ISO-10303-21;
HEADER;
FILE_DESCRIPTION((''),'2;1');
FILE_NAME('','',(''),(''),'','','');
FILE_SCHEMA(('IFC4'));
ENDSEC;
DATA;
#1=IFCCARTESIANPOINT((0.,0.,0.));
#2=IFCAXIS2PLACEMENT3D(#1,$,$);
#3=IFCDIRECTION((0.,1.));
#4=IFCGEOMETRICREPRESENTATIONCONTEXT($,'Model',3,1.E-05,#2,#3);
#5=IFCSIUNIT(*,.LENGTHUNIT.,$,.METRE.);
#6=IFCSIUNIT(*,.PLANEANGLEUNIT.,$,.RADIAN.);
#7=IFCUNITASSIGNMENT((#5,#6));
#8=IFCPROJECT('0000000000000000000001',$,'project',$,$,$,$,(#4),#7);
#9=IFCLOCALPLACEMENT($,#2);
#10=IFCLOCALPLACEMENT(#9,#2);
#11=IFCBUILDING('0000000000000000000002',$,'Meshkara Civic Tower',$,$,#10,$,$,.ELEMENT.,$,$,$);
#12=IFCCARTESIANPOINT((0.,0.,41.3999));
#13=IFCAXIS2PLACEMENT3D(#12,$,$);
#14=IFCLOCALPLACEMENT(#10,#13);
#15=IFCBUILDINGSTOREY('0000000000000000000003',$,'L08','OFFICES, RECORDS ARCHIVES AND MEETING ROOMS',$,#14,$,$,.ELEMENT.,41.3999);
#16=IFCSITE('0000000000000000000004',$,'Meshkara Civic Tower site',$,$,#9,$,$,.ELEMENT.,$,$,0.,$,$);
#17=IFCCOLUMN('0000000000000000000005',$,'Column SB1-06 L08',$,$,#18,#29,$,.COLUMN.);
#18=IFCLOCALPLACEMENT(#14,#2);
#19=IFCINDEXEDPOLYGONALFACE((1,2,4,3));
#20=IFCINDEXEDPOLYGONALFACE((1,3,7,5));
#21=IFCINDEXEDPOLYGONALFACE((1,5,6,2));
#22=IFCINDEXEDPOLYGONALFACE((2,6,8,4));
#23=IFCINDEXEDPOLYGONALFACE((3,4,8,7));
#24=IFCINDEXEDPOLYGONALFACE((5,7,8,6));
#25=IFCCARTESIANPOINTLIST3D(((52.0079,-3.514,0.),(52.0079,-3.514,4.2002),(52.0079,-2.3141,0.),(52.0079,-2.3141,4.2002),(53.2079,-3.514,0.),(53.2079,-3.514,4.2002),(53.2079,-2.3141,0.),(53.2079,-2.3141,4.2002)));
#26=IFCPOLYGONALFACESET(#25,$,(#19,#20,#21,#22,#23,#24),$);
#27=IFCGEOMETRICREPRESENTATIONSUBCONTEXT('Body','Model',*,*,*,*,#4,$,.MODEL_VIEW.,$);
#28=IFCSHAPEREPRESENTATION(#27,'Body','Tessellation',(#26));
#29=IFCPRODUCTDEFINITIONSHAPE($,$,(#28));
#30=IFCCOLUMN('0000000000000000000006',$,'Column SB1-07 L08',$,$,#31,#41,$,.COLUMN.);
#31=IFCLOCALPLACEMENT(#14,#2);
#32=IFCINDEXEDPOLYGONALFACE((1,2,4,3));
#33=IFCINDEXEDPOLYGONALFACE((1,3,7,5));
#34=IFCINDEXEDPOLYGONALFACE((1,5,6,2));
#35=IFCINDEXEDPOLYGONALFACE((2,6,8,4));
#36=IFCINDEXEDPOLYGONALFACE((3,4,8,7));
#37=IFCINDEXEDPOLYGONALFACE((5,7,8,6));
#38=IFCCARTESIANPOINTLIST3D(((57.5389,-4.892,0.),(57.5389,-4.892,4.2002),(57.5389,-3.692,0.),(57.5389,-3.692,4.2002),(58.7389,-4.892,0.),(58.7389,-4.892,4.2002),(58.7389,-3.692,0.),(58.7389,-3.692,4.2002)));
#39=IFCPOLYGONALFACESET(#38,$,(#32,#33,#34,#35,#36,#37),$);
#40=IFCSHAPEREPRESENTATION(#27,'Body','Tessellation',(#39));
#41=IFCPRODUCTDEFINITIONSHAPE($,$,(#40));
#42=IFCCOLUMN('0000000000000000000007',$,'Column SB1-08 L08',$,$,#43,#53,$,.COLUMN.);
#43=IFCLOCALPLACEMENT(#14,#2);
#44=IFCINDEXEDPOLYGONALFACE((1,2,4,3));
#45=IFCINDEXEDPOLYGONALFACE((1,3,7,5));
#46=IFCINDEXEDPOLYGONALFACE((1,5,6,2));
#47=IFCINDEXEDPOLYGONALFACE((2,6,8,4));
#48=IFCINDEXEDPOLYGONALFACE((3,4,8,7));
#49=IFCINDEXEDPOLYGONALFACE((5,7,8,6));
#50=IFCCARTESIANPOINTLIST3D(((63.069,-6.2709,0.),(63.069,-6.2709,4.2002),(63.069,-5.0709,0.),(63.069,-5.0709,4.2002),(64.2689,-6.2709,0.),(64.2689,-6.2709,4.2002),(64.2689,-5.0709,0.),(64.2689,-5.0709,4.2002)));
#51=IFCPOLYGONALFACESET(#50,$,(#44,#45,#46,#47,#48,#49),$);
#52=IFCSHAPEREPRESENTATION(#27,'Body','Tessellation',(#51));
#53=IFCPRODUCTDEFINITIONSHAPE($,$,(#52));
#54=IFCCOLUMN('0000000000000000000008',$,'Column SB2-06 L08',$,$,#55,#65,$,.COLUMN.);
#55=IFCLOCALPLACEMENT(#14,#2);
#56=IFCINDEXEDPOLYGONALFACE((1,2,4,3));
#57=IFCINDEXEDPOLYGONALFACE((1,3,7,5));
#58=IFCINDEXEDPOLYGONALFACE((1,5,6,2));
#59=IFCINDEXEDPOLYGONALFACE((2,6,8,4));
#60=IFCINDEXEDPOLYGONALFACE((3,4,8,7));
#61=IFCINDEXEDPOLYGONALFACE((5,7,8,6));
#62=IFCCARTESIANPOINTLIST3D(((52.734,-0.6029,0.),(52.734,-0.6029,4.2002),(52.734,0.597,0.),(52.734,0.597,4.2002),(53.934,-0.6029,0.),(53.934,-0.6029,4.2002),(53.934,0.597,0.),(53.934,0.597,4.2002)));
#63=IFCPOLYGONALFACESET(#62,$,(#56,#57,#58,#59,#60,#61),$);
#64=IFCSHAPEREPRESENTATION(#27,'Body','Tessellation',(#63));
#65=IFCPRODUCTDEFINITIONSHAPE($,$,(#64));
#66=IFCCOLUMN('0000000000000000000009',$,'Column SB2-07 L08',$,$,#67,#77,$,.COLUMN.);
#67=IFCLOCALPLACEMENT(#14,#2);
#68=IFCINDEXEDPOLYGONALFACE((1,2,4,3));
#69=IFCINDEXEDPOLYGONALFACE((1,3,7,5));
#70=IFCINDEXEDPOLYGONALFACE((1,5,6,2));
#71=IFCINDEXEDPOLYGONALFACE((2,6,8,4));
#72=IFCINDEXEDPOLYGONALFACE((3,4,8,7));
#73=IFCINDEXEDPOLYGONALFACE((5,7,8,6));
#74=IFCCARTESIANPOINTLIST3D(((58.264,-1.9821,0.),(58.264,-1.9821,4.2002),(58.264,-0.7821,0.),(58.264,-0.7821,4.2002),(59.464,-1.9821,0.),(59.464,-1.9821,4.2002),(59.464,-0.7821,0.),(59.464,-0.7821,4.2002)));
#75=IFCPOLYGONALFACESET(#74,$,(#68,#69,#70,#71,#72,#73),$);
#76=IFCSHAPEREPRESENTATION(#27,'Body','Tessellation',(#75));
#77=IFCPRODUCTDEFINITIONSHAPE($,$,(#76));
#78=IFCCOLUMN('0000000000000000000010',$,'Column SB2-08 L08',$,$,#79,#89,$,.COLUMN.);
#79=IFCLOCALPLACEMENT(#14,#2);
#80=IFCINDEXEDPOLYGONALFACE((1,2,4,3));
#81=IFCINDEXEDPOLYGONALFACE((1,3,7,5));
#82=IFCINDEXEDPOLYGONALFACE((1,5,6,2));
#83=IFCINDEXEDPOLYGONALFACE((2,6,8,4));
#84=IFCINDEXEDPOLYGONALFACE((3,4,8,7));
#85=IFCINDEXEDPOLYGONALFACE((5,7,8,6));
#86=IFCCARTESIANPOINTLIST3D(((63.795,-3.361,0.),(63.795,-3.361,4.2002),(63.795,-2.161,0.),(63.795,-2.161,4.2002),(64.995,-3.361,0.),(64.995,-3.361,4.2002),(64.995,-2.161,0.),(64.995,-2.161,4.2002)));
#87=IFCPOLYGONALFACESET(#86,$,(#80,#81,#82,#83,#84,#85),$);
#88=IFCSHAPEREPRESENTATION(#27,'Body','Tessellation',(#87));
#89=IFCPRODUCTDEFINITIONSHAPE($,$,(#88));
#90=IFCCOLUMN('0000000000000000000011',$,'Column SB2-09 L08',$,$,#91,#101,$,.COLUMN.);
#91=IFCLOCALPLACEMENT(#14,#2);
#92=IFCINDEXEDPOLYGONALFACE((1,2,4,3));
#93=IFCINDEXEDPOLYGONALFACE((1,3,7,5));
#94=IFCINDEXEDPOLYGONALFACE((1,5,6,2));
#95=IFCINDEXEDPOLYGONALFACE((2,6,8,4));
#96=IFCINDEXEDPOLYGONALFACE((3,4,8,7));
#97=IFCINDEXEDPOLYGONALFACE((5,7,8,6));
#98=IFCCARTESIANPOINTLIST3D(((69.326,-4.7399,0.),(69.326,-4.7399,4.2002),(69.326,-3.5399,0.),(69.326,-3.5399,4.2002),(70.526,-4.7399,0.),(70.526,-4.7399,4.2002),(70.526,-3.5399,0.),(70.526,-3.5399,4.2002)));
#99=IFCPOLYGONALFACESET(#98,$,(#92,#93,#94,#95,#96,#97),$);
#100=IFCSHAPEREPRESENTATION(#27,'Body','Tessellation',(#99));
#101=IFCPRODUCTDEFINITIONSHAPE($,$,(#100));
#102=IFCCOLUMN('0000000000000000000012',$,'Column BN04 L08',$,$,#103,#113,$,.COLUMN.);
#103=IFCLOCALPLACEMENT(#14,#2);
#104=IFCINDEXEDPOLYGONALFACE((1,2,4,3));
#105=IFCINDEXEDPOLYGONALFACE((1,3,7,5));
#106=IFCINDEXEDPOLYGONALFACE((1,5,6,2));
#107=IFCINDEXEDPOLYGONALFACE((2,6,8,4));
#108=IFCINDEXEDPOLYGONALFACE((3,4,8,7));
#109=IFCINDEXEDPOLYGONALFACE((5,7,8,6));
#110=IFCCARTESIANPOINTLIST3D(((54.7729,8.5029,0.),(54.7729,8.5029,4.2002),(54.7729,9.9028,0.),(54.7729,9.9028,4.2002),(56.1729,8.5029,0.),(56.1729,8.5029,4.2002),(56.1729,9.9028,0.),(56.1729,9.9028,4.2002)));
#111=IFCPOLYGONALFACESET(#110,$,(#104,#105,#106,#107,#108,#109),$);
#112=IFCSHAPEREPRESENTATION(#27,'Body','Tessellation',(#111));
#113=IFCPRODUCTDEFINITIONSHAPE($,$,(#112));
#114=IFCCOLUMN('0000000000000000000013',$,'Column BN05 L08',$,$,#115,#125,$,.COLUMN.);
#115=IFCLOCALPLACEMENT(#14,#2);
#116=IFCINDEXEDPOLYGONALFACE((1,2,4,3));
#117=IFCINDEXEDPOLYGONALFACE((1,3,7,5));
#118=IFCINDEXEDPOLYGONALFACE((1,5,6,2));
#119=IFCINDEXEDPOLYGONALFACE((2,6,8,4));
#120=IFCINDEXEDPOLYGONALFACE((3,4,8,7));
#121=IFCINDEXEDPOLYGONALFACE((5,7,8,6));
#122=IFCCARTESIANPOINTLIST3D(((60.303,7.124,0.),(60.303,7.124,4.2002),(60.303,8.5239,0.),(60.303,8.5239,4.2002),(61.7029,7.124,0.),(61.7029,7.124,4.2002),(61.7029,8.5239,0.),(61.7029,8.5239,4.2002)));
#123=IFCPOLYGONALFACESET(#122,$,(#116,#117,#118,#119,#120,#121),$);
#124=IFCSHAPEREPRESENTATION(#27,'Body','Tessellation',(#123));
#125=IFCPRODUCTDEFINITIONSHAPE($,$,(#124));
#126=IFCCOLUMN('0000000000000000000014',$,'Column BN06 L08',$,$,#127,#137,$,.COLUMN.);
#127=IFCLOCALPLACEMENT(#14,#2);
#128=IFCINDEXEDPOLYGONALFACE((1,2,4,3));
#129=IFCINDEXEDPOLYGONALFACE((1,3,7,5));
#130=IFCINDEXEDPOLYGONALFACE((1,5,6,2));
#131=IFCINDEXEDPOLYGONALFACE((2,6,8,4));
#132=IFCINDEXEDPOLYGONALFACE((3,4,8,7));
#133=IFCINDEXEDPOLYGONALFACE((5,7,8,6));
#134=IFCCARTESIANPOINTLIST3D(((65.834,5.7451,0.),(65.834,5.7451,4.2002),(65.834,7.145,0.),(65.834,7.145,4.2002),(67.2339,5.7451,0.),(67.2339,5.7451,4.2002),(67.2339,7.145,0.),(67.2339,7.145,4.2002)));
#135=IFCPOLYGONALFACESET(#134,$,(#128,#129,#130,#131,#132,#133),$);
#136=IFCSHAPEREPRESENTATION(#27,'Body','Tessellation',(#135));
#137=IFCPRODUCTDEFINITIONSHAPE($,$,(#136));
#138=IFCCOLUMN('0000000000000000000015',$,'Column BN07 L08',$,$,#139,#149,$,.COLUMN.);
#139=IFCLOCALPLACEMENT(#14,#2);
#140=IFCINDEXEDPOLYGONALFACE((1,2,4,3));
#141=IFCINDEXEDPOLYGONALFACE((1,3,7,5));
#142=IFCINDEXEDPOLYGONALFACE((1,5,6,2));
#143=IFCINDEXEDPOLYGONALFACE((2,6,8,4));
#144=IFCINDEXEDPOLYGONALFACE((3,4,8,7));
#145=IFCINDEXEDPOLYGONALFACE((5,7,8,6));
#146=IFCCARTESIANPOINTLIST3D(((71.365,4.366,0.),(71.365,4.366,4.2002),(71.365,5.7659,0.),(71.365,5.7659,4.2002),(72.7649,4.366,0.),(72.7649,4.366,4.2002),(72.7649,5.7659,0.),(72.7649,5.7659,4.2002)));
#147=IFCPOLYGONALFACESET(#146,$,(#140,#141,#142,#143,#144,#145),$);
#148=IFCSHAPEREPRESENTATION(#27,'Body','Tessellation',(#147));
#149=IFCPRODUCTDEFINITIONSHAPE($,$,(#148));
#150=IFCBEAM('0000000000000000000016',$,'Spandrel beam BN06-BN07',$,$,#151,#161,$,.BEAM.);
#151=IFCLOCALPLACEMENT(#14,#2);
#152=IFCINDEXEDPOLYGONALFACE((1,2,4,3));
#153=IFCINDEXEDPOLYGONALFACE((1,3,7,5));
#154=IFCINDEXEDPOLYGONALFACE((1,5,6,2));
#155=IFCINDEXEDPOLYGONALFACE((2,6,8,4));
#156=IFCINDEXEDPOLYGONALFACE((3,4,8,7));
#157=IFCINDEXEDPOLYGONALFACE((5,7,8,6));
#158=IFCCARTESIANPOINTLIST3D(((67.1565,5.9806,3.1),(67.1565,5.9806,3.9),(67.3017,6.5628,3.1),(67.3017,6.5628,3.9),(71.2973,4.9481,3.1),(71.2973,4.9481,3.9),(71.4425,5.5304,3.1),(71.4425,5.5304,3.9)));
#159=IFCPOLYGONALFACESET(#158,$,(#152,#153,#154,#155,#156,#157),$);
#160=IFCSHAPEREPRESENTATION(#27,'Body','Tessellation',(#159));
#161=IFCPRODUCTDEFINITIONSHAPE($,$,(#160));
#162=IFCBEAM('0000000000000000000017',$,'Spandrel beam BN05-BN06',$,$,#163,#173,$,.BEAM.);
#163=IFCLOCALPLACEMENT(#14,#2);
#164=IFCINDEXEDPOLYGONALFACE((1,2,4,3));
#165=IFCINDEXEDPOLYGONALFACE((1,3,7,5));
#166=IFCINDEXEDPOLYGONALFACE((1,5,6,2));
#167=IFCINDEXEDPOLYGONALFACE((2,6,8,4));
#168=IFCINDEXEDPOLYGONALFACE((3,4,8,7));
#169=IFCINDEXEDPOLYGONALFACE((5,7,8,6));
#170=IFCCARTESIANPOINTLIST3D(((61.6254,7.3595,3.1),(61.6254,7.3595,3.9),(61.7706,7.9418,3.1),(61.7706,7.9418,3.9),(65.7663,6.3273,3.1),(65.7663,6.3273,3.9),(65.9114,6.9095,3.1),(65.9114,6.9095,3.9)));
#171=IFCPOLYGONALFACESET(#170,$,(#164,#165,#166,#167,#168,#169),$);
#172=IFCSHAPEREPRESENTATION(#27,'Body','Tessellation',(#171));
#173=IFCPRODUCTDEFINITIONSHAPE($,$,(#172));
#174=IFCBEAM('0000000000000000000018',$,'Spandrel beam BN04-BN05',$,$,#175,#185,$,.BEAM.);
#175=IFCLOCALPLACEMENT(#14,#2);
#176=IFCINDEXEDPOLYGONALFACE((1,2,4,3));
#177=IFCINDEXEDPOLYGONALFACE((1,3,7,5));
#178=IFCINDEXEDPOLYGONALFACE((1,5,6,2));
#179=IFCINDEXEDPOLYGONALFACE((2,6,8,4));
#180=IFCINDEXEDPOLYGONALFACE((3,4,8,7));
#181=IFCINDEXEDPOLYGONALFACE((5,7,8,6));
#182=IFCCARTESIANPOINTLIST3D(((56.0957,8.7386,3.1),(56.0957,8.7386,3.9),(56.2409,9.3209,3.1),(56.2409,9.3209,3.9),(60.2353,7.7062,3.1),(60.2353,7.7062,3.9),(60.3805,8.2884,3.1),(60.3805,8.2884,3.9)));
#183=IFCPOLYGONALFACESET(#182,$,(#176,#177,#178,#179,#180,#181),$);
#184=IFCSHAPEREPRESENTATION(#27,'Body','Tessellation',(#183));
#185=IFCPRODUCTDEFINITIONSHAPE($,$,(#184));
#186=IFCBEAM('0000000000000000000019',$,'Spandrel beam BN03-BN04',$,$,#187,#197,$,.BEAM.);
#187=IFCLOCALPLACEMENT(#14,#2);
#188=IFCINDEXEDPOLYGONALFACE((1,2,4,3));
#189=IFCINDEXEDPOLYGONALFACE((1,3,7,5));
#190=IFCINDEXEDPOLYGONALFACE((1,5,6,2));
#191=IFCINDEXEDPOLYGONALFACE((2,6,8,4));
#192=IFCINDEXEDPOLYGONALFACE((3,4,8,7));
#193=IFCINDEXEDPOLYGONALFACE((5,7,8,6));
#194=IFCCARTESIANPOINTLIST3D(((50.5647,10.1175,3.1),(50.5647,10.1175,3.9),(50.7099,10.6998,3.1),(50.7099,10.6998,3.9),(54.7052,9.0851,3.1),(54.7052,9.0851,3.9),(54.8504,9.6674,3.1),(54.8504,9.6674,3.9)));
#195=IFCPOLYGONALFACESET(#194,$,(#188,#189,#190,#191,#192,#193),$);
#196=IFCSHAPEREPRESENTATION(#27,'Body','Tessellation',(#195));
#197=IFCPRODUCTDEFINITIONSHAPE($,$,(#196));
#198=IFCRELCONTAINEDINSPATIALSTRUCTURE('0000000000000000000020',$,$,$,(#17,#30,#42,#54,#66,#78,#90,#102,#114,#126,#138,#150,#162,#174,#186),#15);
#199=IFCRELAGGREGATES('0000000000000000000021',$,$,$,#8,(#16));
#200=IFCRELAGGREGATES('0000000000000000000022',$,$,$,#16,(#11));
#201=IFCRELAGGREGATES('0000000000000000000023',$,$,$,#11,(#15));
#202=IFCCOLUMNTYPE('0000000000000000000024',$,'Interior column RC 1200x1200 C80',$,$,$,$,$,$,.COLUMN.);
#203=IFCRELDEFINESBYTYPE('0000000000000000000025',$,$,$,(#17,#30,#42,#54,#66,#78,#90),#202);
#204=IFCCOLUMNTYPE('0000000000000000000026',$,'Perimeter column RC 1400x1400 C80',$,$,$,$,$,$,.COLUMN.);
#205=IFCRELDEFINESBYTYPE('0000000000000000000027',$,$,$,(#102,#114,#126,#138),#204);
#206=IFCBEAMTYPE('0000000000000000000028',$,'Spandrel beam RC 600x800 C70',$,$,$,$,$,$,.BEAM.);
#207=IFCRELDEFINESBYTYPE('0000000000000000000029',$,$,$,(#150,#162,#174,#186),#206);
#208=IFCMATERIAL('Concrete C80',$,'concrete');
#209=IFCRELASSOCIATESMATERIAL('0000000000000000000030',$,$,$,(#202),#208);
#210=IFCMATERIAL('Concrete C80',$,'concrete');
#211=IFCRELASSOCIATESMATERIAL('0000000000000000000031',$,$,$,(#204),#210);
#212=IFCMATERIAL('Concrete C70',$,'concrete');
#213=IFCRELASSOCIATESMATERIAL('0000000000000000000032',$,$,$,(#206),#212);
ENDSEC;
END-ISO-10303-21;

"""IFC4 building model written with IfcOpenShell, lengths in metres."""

from ifc_helpers import new_model, si_unit, direction, frame, origin, origin_2d, place, context, subcontext, project, spatial, rectangle, extrude, material, material_profile, profile_set, type_object, element, save


model = new_model("IFC4")

# Units and contexts
model_context = context("Model", 3, precision=1e-05, world=origin(), true_north=direction((0.0, 1.0)))
body_context = subcontext(model_context, "Body", "Model", "MODEL_VIEW")
ifc_project = project(units=[si_unit("LENGTHUNIT", "METRE"), si_unit("PLANEANGLEUNIT", "RADIAN")], contexts=[model_context])

# Site, building, storey
site_placement = place(None, origin())
site = spatial("IfcSite", under=ifc_project, at=site_placement, Name="Meshkara Civic Tower site", CompositionType="ELEMENT", RefElevation=0.0)
building_placement = place(site_placement, origin())
building = spatial("IfcBuilding", under=site, at=building_placement, Name="Meshkara Civic Tower", CompositionType="ELEMENT")
storey_placement = place(building_placement, frame((0.0, 0.0, 41.3999)))
storey = spatial("IfcBuildingStorey", under=building, at=storey_placement, Name="L08", Description="OFFICES, RECORDS ARCHIVES AND MEETING ROOMS", CompositionType="ELEMENT", Elevation=41.3999)

# Columns
ifc_material_1 = material(Name="Concrete C80", Category="concrete")
ifc_material_profile_1 = material_profile(ifc_material_1, rectangle(XDim=1.2, YDim=1.2, at=origin_2d()))
ifc_profile_set_1 = profile_set([ifc_material_profile_1], Name="Concrete C80")
column_type_1 = type_object("IfcColumnType", Name="Interior column RC 1200x1200 C80", PredefinedType="COLUMN", material=ifc_profile_set_1)
for number, where, z_axis, x_axis, name in (
    (1, (52.6079, -2.9141, 0.0), (0.0, 0.0, 1.0), (1.0, 0.0, 0.0), "Column SB1-06 L08"),
    (2, (58.1389, -4.292, 0.0), (0.0, 0.0, 1.0), (1.0, 0.0, 0.0), "Column SB1-07 L08"),
    (3, (63.6689, -5.6709, 0.0), (0.0, 0.0, 1.0), (1.0, 0.0, 0.0), "Column SB1-08 L08"),
    (4, (53.334, -0.0029, 0.0), (0.0, 0.0, 1.0), (1.0, 0.0, 0.0), "Column SB2-06 L08"),
    (5, (58.864, -1.3821, 0.0), (0.0, 0.0, 1.0), (1.0, 0.0, 0.0), "Column SB2-07 L08"),
    (6, (64.395, -2.761, 0.0), (0.0, 0.0, 1.0), (1.0, 0.0, 0.0), "Column SB2-08 L08"),
    (7, (69.926, -4.1399, 0.0), (0.0, 0.0, 1.0), (1.0, 0.0, 0.0), "Column SB2-09 L08"),
):
    element("IfcColumn", number, at=place(storey_placement, frame(where, z_axis=z_axis, x_axis=x_axis)), inside=storey, type_object=column_type_1, Name=name, PredefinedType="COLUMN", context=body_context, shape_type="SweptSolid", body=[
        extrude(rectangle(XDim=1.2, YDim=1.2, at=origin_2d()), origin(), (0.0, 0.0, 1.0), 4.2002),
    ])
ifc_material_2 = material(Name="Concrete C80", Category="concrete")
ifc_material_profile_2 = material_profile(ifc_material_2, rectangle(XDim=1.3999, YDim=1.3999, at=origin_2d()))
ifc_profile_set_2 = profile_set([ifc_material_profile_2], Name="Concrete C80")
column_type_2 = type_object("IfcColumnType", Name="Perimeter column RC 1400x1400 C80", PredefinedType="COLUMN", material=ifc_profile_set_2)
for number, where, z_axis, x_axis, name in (
    (8, (55.4729, 9.2029, 0.0), (0.0, 0.0, 1.0), (1.0, 0.0, 0.0), "Column BN04 L08"),
    (9, (61.0029, 7.824, 0.0), (0.0, 0.0, 1.0), (1.0, 0.0, 0.0), "Column BN05 L08"),
    (10, (66.5339, 6.4451, 0.0), (0.0, 0.0, 1.0), (1.0, 0.0, 0.0), "Column BN06 L08"),
    (11, (72.0649, 5.0659, 0.0), (0.0, 0.0, 1.0), (1.0, 0.0, 0.0), "Column BN07 L08"),
):
    element("IfcColumn", number, at=place(storey_placement, frame(where, z_axis=z_axis, x_axis=x_axis)), inside=storey, type_object=column_type_2, Name=name, PredefinedType="COLUMN", context=body_context, shape_type="SweptSolid", body=[
        extrude(rectangle(XDim=1.3999, YDim=1.3999, at=origin_2d()), origin(), (0.0, 0.0, 1.0), 4.2002),
    ])

# Beams
ifc_material_3 = material(Name="Concrete C70", Category="concrete")
ifc_material_profile_3 = material_profile(ifc_material_3, rectangle(XDim=0.6001, YDim=0.8, at=origin_2d()))
ifc_profile_set_3 = profile_set([ifc_material_profile_3], Name="Concrete C70")
beam_type = type_object("IfcBeamType", Name="Spandrel beam RC 600x800 C70", PredefinedType="BEAM", material=ifc_profile_set_3)
for number, where, z_axis, x_axis, name in (
    (12, (71.3699, 5.2393, 3.5), (-0.970294, 0.24193, 0.0), (-0.24193, -0.970294, 0.0), "Spandrel beam BN06-BN07"),
    (13, (65.8389, 6.6184, 3.5), (-0.970307, 0.241876, 0.0), (-0.241876, -0.970307, 0.0), "Spandrel beam BN05-BN06"),
):
    element("IfcBeam", number, at=place(storey_placement, frame(where, z_axis=z_axis, x_axis=x_axis)), inside=storey, type_object=beam_type, Name=name, PredefinedType="BEAM", context=body_context, shape_type="SweptSolid", body=[
        extrude(rectangle(XDim=0.6001, YDim=0.8, at=origin_2d()), origin(), (0.0, 0.0, 1.0), 4.2676),
    ])
beam_1_placement = place(storey_placement, frame((60.3079, 7.9973, 3.5), z_axis=(-0.970277, 0.241997, 0.0), x_axis=(-0.241997, -0.970277, 0.0)))
element("IfcBeam", 14, at=beam_1_placement, inside=storey, type_object=beam_type, Name="Spandrel beam BN04-BN05", PredefinedType="BEAM", context=body_context, shape_type="SweptSolid", body=[
    extrude(rectangle(XDim=0.6001, YDim=0.8, at=origin_2d()), origin(), (0.0, 0.0, 1.0), 4.2664),
])
beam_2_placement = place(storey_placement, frame((54.7778, 9.3762, 3.5), z_axis=(-0.97029, 0.241943, 0.0), x_axis=(-0.241943, -0.97029, 0.0)))
element("IfcBeam", 15, at=beam_2_placement, inside=storey, type_object=beam_type, Name="Spandrel beam BN03-BN04", PredefinedType="BEAM", context=body_context, shape_type="SweptSolid", body=[
    extrude(rectangle(XDim=0.6001, YDim=0.8, at=origin_2d()), origin(), (0.0, 0.0, 1.0), 4.2673),
])

save(model, "model.ifc")
